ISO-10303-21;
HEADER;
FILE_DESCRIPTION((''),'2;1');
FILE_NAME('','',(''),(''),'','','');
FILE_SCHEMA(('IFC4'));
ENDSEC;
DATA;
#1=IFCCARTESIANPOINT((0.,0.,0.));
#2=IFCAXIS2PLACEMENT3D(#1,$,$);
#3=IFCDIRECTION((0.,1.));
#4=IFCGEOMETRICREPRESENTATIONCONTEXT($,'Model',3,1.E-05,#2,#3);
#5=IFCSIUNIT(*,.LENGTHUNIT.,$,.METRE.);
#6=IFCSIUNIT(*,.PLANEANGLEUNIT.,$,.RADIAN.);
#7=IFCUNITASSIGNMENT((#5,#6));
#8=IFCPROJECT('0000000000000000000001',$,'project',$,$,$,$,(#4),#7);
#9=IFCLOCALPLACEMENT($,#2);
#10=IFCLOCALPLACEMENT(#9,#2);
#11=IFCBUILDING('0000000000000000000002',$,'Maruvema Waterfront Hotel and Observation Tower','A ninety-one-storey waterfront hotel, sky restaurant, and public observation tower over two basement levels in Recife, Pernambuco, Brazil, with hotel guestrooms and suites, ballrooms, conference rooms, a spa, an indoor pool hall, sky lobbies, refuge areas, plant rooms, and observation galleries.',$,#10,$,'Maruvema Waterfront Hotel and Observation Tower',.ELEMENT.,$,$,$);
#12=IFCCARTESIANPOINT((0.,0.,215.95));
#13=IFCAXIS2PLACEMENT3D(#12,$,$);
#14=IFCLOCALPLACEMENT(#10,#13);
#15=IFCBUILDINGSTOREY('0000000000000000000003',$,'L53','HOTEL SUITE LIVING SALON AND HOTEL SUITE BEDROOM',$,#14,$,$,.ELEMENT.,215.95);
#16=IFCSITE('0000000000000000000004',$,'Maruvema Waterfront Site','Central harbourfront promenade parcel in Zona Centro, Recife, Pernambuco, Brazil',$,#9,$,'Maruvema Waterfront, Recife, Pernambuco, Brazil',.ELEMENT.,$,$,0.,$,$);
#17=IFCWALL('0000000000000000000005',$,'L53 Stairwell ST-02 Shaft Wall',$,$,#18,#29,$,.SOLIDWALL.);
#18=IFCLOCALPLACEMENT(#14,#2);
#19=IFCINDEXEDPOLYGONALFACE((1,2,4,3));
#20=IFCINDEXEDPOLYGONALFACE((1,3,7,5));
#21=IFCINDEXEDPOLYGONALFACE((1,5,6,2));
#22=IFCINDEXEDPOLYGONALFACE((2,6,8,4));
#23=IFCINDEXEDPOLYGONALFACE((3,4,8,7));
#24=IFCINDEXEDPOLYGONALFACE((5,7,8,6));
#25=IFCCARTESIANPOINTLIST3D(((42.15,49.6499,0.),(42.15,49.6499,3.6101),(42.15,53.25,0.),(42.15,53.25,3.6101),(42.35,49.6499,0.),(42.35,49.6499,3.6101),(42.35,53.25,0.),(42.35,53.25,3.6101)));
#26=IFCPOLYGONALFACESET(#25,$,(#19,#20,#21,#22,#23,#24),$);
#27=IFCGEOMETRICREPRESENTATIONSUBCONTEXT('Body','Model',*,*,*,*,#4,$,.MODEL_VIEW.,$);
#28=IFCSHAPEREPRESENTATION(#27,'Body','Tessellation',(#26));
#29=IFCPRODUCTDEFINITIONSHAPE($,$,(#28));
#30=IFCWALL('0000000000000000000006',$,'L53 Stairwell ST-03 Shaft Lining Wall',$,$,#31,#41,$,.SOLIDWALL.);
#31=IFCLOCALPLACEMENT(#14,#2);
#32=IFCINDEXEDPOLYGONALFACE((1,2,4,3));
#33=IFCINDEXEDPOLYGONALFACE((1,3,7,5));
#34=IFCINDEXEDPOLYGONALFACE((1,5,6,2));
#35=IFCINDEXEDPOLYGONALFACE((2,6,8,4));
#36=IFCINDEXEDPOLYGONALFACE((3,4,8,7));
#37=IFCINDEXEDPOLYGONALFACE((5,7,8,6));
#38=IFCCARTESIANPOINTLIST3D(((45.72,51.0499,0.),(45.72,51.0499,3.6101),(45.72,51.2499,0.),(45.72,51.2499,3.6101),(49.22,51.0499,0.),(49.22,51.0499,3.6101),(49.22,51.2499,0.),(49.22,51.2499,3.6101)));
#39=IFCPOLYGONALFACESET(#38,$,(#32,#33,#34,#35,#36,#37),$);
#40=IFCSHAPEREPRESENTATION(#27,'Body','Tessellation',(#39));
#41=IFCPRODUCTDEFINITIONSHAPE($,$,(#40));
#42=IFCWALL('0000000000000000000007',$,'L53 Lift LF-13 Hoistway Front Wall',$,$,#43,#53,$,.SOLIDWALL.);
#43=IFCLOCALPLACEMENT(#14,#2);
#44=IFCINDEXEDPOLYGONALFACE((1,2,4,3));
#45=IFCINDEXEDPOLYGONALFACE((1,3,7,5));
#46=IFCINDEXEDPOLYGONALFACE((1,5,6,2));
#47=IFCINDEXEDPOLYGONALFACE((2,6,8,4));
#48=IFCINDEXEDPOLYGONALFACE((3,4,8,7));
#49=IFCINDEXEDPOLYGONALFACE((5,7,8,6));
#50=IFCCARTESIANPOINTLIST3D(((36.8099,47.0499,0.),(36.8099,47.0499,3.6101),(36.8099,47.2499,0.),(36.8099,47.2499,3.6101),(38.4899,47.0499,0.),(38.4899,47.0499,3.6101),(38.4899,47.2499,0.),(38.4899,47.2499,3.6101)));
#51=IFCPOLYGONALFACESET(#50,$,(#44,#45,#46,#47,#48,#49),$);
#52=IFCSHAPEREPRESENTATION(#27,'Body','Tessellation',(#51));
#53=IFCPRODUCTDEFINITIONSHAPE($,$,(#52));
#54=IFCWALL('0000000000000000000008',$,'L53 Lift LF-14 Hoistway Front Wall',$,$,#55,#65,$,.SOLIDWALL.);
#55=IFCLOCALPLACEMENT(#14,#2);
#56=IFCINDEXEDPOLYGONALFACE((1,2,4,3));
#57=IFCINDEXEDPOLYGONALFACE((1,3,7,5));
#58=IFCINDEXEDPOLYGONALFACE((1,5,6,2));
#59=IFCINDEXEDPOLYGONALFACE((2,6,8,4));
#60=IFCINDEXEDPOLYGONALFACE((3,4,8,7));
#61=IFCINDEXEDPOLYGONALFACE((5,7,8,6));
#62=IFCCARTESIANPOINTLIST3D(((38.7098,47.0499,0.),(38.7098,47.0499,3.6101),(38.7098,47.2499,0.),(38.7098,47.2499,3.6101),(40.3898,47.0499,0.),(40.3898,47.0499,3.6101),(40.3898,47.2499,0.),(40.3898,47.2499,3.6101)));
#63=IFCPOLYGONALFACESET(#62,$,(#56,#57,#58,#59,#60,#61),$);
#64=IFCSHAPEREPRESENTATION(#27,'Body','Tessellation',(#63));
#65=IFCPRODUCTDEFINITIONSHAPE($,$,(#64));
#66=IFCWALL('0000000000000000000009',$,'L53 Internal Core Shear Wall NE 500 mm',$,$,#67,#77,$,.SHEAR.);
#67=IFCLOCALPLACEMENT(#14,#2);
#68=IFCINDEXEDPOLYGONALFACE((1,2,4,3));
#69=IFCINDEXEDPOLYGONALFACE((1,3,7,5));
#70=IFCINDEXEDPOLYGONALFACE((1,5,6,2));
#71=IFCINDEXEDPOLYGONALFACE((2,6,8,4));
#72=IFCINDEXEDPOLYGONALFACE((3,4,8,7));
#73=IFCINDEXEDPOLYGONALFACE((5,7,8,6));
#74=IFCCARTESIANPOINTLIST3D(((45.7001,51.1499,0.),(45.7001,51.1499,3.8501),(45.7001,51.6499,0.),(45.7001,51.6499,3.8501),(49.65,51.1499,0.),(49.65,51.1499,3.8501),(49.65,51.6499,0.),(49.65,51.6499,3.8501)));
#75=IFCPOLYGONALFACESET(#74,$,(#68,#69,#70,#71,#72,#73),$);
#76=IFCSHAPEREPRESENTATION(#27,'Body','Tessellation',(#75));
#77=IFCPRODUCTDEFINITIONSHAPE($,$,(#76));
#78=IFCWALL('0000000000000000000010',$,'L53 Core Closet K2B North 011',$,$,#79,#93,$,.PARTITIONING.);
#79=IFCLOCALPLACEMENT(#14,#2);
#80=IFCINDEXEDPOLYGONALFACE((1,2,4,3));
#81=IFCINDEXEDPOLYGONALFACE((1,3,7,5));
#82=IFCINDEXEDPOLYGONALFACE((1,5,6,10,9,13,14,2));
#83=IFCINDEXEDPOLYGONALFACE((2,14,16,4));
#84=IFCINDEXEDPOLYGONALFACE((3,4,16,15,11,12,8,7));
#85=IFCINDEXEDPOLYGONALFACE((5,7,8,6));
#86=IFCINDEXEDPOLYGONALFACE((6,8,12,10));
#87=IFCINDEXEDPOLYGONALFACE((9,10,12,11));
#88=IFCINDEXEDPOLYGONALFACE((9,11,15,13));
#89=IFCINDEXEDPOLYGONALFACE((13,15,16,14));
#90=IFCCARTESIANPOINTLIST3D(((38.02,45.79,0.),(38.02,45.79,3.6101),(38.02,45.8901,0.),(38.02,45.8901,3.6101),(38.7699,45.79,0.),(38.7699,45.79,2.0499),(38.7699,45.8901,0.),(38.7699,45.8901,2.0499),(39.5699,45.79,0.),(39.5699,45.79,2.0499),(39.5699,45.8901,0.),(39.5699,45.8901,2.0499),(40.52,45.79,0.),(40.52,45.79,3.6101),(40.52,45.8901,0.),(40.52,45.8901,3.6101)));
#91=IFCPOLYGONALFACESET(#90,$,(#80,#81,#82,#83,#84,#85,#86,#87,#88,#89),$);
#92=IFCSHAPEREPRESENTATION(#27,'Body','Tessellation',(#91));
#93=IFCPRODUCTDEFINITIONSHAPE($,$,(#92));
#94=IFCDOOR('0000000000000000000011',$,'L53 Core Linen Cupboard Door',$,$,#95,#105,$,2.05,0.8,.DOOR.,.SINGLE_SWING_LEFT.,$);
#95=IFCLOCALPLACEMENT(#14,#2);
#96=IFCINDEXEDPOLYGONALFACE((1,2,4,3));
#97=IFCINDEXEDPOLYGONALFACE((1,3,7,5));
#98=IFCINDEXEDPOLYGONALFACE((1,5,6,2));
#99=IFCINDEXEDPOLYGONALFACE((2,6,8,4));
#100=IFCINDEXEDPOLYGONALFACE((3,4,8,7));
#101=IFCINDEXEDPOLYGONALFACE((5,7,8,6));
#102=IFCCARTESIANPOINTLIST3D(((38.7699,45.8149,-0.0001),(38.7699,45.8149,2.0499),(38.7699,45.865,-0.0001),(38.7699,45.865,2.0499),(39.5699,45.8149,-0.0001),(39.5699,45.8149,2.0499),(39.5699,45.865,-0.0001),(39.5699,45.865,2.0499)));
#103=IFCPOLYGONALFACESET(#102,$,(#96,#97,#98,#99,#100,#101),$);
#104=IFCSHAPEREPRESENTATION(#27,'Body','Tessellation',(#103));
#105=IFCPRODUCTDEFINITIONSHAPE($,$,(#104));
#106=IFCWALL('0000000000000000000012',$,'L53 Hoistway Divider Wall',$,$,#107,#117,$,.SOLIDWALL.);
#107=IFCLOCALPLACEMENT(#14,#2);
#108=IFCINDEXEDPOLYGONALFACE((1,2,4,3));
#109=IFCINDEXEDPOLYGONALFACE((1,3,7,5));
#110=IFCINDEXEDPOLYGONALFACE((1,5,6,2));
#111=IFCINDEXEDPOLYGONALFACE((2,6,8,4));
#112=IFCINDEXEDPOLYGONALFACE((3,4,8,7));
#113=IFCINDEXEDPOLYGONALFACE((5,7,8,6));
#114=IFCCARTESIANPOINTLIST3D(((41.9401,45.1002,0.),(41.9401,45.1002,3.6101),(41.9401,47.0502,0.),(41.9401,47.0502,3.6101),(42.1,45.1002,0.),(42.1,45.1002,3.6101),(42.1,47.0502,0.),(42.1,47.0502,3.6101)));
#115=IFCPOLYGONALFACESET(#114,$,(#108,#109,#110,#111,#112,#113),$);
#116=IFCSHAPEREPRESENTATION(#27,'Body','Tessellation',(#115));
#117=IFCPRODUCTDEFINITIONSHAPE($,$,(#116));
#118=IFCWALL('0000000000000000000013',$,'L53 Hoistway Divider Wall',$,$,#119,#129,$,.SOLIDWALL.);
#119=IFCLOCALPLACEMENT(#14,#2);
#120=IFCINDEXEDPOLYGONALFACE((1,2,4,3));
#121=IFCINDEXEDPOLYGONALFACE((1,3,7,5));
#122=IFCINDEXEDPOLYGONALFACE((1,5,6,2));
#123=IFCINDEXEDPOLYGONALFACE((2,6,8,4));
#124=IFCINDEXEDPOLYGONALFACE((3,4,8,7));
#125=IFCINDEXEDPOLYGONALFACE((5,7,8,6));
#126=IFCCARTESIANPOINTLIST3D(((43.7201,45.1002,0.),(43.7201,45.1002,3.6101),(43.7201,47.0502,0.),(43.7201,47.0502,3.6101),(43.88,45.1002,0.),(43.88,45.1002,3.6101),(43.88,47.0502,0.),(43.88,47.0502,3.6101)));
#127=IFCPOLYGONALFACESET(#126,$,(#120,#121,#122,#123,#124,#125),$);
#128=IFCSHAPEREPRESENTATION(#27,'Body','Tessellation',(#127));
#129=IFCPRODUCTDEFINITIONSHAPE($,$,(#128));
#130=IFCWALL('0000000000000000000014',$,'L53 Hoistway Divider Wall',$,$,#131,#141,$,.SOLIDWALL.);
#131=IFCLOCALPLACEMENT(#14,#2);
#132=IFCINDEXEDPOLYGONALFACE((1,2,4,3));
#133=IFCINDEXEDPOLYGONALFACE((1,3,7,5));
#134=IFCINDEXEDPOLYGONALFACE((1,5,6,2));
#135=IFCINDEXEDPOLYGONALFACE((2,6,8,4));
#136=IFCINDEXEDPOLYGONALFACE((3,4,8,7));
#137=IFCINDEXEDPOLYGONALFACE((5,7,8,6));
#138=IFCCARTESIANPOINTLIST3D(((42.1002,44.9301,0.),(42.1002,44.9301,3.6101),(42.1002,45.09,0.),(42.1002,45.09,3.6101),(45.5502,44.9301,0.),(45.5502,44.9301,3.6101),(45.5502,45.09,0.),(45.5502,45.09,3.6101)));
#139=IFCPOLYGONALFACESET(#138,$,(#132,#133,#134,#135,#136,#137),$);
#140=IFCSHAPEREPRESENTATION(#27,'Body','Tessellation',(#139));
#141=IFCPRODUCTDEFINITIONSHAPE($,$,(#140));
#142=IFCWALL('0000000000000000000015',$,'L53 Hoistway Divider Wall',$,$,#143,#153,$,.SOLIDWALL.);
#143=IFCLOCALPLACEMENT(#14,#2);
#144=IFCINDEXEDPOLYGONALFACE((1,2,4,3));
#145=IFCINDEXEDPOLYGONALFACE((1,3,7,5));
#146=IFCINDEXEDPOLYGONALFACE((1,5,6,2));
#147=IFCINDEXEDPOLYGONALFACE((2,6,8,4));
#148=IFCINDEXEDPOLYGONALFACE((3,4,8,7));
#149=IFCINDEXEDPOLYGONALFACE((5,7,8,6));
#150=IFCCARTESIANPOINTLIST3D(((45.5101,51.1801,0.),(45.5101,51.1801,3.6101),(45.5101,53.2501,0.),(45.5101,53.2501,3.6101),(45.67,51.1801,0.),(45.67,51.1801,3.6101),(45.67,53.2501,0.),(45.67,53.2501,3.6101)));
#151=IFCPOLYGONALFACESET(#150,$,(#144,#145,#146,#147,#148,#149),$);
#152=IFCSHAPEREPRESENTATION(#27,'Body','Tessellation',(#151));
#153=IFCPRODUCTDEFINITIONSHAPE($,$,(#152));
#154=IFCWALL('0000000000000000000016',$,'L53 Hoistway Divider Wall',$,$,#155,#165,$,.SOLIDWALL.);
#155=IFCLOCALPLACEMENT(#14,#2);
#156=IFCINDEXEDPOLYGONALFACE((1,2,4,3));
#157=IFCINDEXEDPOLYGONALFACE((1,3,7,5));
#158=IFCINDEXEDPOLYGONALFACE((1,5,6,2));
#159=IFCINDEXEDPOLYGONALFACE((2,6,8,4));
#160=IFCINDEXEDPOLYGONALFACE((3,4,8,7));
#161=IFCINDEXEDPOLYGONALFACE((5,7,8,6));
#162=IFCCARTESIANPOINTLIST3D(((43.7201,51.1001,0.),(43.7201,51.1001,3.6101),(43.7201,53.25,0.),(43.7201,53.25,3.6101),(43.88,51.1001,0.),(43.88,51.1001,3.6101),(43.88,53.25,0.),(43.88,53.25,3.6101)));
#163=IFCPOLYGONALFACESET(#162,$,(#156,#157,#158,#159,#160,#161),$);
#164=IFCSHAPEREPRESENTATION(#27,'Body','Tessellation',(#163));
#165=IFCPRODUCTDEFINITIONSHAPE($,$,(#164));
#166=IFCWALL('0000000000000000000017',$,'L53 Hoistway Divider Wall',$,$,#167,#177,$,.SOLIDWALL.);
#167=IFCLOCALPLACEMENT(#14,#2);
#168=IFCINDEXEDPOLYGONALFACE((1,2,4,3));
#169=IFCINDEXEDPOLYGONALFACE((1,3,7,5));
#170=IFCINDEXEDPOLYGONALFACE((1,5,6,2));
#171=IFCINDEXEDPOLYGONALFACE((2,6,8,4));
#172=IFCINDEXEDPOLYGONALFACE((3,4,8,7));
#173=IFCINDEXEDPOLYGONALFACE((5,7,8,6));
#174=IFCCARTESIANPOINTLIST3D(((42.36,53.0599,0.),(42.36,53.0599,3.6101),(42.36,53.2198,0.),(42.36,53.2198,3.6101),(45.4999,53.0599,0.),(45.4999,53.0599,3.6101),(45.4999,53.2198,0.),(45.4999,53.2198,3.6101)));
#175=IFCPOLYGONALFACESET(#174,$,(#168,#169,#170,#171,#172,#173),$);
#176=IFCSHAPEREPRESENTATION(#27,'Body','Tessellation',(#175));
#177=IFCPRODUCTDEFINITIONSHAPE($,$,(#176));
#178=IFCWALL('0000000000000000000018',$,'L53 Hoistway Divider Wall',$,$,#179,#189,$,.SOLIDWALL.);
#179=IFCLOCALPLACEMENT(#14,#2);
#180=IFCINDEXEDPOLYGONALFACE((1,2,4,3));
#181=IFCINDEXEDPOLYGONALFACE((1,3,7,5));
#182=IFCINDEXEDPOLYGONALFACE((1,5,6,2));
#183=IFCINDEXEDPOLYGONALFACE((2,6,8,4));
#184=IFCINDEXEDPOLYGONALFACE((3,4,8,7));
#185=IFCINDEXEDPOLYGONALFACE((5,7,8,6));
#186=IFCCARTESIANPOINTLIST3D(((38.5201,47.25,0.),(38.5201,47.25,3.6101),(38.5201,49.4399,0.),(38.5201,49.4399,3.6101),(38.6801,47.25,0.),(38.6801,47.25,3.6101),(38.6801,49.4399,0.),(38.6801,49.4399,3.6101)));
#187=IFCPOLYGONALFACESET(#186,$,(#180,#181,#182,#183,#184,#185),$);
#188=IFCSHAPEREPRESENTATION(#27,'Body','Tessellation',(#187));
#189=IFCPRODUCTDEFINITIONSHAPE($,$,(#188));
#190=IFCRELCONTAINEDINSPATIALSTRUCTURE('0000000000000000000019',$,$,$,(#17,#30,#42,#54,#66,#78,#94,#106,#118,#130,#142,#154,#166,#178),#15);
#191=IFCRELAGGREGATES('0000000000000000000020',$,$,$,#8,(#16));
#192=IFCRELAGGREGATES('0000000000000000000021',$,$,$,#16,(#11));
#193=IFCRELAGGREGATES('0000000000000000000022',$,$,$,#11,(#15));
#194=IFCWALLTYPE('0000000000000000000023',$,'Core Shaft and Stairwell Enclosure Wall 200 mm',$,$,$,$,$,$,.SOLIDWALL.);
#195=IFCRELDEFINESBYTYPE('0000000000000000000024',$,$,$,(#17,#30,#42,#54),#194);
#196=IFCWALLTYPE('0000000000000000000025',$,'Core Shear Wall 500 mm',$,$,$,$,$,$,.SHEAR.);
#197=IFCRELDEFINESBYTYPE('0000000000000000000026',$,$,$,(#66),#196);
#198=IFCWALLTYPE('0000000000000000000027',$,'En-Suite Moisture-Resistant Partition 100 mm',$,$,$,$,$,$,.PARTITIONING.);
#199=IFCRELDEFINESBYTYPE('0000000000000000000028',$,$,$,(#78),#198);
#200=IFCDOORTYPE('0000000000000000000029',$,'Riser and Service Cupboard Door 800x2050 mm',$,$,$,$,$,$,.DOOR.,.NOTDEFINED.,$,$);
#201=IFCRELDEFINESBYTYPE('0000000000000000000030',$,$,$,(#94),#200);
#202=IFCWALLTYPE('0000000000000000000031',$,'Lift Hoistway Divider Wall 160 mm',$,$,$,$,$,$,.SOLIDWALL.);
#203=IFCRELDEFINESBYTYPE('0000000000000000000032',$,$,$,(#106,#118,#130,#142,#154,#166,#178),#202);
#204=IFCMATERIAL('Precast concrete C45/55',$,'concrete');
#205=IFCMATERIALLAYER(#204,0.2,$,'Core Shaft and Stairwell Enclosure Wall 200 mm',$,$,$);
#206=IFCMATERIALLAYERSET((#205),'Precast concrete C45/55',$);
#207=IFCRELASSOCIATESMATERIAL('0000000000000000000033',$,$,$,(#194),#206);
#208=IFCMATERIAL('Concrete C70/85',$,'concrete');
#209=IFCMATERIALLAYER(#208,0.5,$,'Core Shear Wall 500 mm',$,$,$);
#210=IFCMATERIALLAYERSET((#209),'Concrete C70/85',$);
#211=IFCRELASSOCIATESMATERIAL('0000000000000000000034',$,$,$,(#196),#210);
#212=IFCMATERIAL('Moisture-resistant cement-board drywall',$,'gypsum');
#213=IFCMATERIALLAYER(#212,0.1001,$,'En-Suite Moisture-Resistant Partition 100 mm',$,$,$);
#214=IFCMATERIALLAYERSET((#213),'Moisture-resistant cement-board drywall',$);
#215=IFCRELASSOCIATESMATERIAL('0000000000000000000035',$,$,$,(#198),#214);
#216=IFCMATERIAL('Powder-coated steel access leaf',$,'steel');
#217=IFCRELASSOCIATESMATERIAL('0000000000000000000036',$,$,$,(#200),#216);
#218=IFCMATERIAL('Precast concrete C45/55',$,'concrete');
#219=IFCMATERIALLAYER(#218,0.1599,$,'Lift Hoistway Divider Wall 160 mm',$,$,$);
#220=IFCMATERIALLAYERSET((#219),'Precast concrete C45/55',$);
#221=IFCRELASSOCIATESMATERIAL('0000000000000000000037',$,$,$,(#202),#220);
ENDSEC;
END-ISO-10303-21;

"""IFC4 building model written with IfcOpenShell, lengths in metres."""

from ifc_helpers import new_model, si_unit, direction, frame, frame_2d, origin, place, context, subcontext, project, spatial, rectangle, extrude, material, layer, layer_set, type_object, element, fill, save


model = new_model("IFC4")

# Units and contexts
model_context = context("Model", 3, precision=1e-05, world=origin(), true_north=direction((0.0, 1.0)))
body_context = subcontext(model_context, "Body", "Model", "MODEL_VIEW")
ifc_project = project(units=[si_unit("LENGTHUNIT", "METRE"), si_unit("PLANEANGLEUNIT", "RADIAN")], contexts=[model_context])

# Site, building, storey
site_placement = place(None, origin())
site = spatial("IfcSite", under=ifc_project, at=site_placement, Name="Maruvema Waterfront Site", Description="Central harbourfront promenade parcel in Zona Centro, Recife, Pernambuco, Brazil", LongName="Maruvema Waterfront, Recife, Pernambuco, Brazil", CompositionType="ELEMENT", RefElevation=0.0)
building_placement = place(site_placement, origin())
building = spatial("IfcBuilding", under=site, at=building_placement, Name="Maruvema Waterfront Hotel and Observation Tower", Description="A ninety-one-storey waterfront hotel, sky restaurant, and public observation tower over two basement levels in Recife, Pernambuco, Brazil, with hotel guestrooms and suites, ballrooms, conference rooms, a spa, an indoor pool hall, sky lobbies, refuge areas, plant rooms, and observation galleries.", LongName="Maruvema Waterfront Hotel and Observation Tower", CompositionType="ELEMENT")
storey_placement = place(building_placement, frame((0.0, 0.0, 215.95)))
storey = spatial("IfcBuildingStorey", under=building, at=storey_placement, Name="L53", Description="HOTEL SUITE LIVING SALON AND HOTEL SUITE BEDROOM", CompositionType="ELEMENT", Elevation=215.95)

# Walls
ifc_material_1 = material(Name="Precast concrete C45/55", Category="concrete")
ifc_layer_1 = layer(ifc_material_1, 0.2, Name="Core Shaft and Stairwell Enclosure Wall 200 mm")
ifc_layer_set_1 = layer_set([ifc_layer_1], Name="Precast concrete C45/55")
wall_type_1 = type_object("IfcWallType", Name="Core Shaft and Stairwell Enclosure Wall 200 mm", PredefinedType="SOLIDWALL", material=ifc_layer_set_1)
wall_1_placement = place(storey_placement, frame((42.25, 49.6499, 0.0), z_axis=(0.0, 0.0, 1.0), x_axis=(0.0, 1.0, 0.0)))
element("IfcWall", 1, at=wall_1_placement, inside=storey, type_object=wall_type_1, Name="L53 Stairwell ST-02 Shaft Wall", PredefinedType="SOLIDWALL", context=body_context, shape_type="SweptSolid", body=[
    extrude(rectangle(XDim=3.6001, YDim=0.2, at=frame_2d((1.8, 0.0))), origin(), (0.0, 0.0, 1.0), 3.6101),
])
wall_2_placement = place(storey_placement, frame((45.72, 51.1499, 0.0), z_axis=(0.0, 0.0, 1.0), x_axis=(1.0, 0.0, 0.0)))
element("IfcWall", 2, at=wall_2_placement, inside=storey, type_object=wall_type_1, Name="L53 Stairwell ST-03 Shaft Lining Wall", PredefinedType="SOLIDWALL", context=body_context, shape_type="SweptSolid", body=[
    extrude(rectangle(XDim=3.5, YDim=0.2, at=frame_2d((1.75, 0.0))), origin(), (0.0, 0.0, 1.0), 3.6101),
])

# Walls
for number, where, z_axis, x_axis, name in (
    (3, (36.8101, 47.1499, 0.0), (0.0, 0.0, 1.0), (1.0, 0.0, 0.0), "L53 Lift LF-13 Hoistway Front Wall"),
    (4, (38.71, 47.1499, 0.0), (0.0, 0.0, 1.0), (1.0, 0.0, 0.0), "L53 Lift LF-14 Hoistway Front Wall"),
):
    element("IfcWall", number, at=place(storey_placement, frame(where, z_axis=z_axis, x_axis=x_axis)), inside=storey, type_object=wall_type_1, Name=name, PredefinedType="SOLIDWALL", context=body_context, shape_type="SweptSolid", body=[
        extrude(rectangle(XDim=1.6799, YDim=0.2, at=frame_2d((0.8398, 0.0))), origin(), (0.0, 0.0, 1.0), 3.6101),
    ])
ifc_material_2 = material(Name="Concrete C70/85", Category="concrete")
ifc_layer_2 = layer(ifc_material_2, 0.5, Name="Core Shear Wall 500 mm")
ifc_layer_set_2 = layer_set([ifc_layer_2], Name="Concrete C70/85")
wall_type_2 = type_object("IfcWallType", Name="Core Shear Wall 500 mm", PredefinedType="SHEAR", material=ifc_layer_set_2)
wall_3_placement = place(storey_placement, frame((45.7, 51.3999, 0.0), z_axis=(0.0, 0.0, 1.0), x_axis=(1.0, 0.0, 0.0)))
element("IfcWall", 5, at=wall_3_placement, inside=storey, type_object=wall_type_2, Name="L53 Internal Core Shear Wall NE 500 mm", PredefinedType="SHEAR", context=body_context, shape_type="SweptSolid", body=[
    extrude(rectangle(XDim=3.95, YDim=0.5, at=frame_2d((1.9751, 0.0))), origin(), (0.0, 0.0, 1.0), 3.8501),
])

# Wall, opening, door
ifc_material_3 = material(Name="Moisture-resistant cement-board drywall", Category="gypsum")
ifc_layer_3 = layer(ifc_material_3, 0.1001, Name="En-Suite Moisture-Resistant Partition 100 mm")
ifc_layer_set_3 = layer_set([ifc_layer_3], Name="Moisture-resistant cement-board drywall")
wall_type_3 = type_object("IfcWallType", Name="En-Suite Moisture-Resistant Partition 100 mm", PredefinedType="PARTITIONING", material=ifc_layer_set_3)
wall_4_placement = place(storey_placement, frame((38.02, 45.8401, 0.0), z_axis=(0.0, 0.0, 1.0), x_axis=(1.0, 0.0, 0.0)))
wall_4 = element("IfcWall", 6, at=wall_4_placement, inside=storey, type_object=wall_type_3, Name="L53 Core Closet K2B North 011", PredefinedType="PARTITIONING", context=body_context, shape_type="SweptSolid", body=[
    extrude(rectangle(XDim=2.5, YDim=0.1001, at=frame_2d((1.25, 0.0))), origin(), (0.0, 0.0, 1.0), 3.6101),
])
opening_1_placement = place(wall_4_placement, frame((0.75, 0.0, 0.0)))
opening_1 = element("IfcOpeningElement", 7, at=opening_1_placement, cuts=wall_4, PredefinedType="OPENING", context=body_context, shape_type="SweptSolid", body=[
    extrude(rectangle(XDim=0.8, YDim=2.05, at=frame_2d((0.3999, 1.0249))), frame((0.0, 0.0601, 0.0), z_axis=(0.0, -1.0, 0.0), x_axis=(1.0, 0.0, 0.0)), (0.0, 0.0, 1.0), 0.1201),
])
ifc_material_4 = material(Name="Powder-coated steel access leaf", Category="steel")
door_type_1 = type_object("IfcDoorType", Name="Riser and Service Cupboard Door 800x2050 mm", OperationType="NOTDEFINED", PredefinedType="DOOR", material=ifc_material_4)
door_1_placement = place(opening_1_placement, origin())
door_1 = element("IfcDoor", 8, at=door_1_placement, inside=storey, type_object=door_type_1, Name="L53 Core Linen Cupboard Door", OperationType="SINGLE_SWING_LEFT", OverallHeight=2.05, OverallWidth=0.8, PredefinedType="DOOR", context=body_context, shape_type="SweptSolid", body=[
    extrude(rectangle(XDim=0.8, YDim=2.05, at=frame_2d((0.3999, 1.0249))), frame((0.0, 0.0249, 0.0), z_axis=(0.0, -1.0, 0.0), x_axis=(1.0, 0.0, 0.0)), (0.0, 0.0, 1.0), 0.05),
])
fill(opening_1, door_1)

# Walls
ifc_material_5 = material(Name="Precast concrete C45/55", Category="concrete")
ifc_layer_4 = layer(ifc_material_5, 0.1599, Name="Lift Hoistway Divider Wall 160 mm")
ifc_layer_set_4 = layer_set([ifc_layer_4], Name="Precast concrete C45/55")
wall_type_4 = type_object("IfcWallType", Name="Lift Hoistway Divider Wall 160 mm", PredefinedType="SOLIDWALL", material=ifc_layer_set_4)
for number, where, z_axis, x_axis, name in (
    (9, (42.02, 45.1001, 0.0), (0.0, 0.0, 1.0), (0.0, 1.0, 0.0), "L53 Hoistway Divider Wall"),
    (10, (43.8, 45.1001, 0.0), (0.0, 0.0, 1.0), (0.0, 1.0, 0.0), "L53 Hoistway Divider Wall"),
):
    element("IfcWall", number, at=place(storey_placement, frame(where, z_axis=z_axis, x_axis=x_axis)), inside=storey, type_object=wall_type_4, Name=name, PredefinedType="SOLIDWALL", context=body_context, shape_type="SweptSolid", body=[
        extrude(rectangle(XDim=1.95, YDim=0.1599, at=frame_2d((0.9751, 0.0))), origin(), (0.0, 0.0, 1.0), 3.6101),
    ])
wall_5_placement = place(storey_placement, frame((42.1001, 45.01, 0.0), z_axis=(0.0, 0.0, 1.0), x_axis=(1.0, 0.0, 0.0)))
element("IfcWall", 11, at=wall_5_placement, inside=storey, type_object=wall_type_4, Name="L53 Hoistway Divider Wall", PredefinedType="SOLIDWALL", context=body_context, shape_type="SweptSolid", body=[
    extrude(rectangle(XDim=3.45, YDim=0.1599, at=frame_2d((1.7251, 0.0))), origin(), (0.0, 0.0, 1.0), 3.6101),
])
wall_6_placement = place(storey_placement, frame((45.5901, 51.1799, 0.0), z_axis=(0.0, 0.0, 1.0), x_axis=(0.0, 1.0, 0.0)))
element("IfcWall", 12, at=wall_6_placement, inside=storey, type_object=wall_type_4, Name="L53 Hoistway Divider Wall", PredefinedType="SOLIDWALL", context=body_context, shape_type="SweptSolid", body=[
    extrude(rectangle(XDim=2.0701, YDim=0.1599, at=frame_2d((1.0352, 0.0))), origin(), (0.0, 0.0, 1.0), 3.6101),
])
wall_7_placement = place(storey_placement, frame((43.8, 51.1001, 0.0), z_axis=(0.0, 0.0, 1.0), x_axis=(0.0, 1.0, 0.0)))
element("IfcWall", 13, at=wall_7_placement, inside=storey, type_object=wall_type_4, Name="L53 Hoistway Divider Wall", PredefinedType="SOLIDWALL", context=body_context, shape_type="SweptSolid", body=[
    extrude(rectangle(XDim=2.1499, YDim=0.1599, at=frame_2d((1.075, 0.0))), origin(), (0.0, 0.0, 1.0), 3.6101),
])
wall_8_placement = place(storey_placement, frame((42.3601, 53.1399, 0.0), z_axis=(0.0, 0.0, 1.0), x_axis=(1.0, 0.0, 0.0)))
element("IfcWall", 14, at=wall_8_placement, inside=storey, type_object=wall_type_4, Name="L53 Hoistway Divider Wall", PredefinedType="SOLIDWALL", context=body_context, shape_type="SweptSolid", body=[
    extrude(rectangle(XDim=3.1399, YDim=0.1599, at=frame_2d((1.5698, 0.0))), origin(), (0.0, 0.0, 1.0), 3.6101),
])
for number, where, z_axis, x_axis, name in (
    (15, (38.6001, 47.25, 0.0), (0.0, 0.0, 1.0), (0.0, 1.0, 0.0), "L53 Hoistway Divider Wall"),
):
    element("IfcWall", number, at=place(storey_placement, frame(where, z_axis=z_axis, x_axis=x_axis)), inside=storey, type_object=wall_type_4, Name=name, PredefinedType="SOLIDWALL", context=body_context, shape_type="SweptSolid", body=[
        extrude(rectangle(XDim=2.1899, YDim=0.1599, at=frame_2d((1.095, 0.0))), origin(), (0.0, 0.0, 1.0), 3.6101),
    ])

save(model, "model.ifc")
